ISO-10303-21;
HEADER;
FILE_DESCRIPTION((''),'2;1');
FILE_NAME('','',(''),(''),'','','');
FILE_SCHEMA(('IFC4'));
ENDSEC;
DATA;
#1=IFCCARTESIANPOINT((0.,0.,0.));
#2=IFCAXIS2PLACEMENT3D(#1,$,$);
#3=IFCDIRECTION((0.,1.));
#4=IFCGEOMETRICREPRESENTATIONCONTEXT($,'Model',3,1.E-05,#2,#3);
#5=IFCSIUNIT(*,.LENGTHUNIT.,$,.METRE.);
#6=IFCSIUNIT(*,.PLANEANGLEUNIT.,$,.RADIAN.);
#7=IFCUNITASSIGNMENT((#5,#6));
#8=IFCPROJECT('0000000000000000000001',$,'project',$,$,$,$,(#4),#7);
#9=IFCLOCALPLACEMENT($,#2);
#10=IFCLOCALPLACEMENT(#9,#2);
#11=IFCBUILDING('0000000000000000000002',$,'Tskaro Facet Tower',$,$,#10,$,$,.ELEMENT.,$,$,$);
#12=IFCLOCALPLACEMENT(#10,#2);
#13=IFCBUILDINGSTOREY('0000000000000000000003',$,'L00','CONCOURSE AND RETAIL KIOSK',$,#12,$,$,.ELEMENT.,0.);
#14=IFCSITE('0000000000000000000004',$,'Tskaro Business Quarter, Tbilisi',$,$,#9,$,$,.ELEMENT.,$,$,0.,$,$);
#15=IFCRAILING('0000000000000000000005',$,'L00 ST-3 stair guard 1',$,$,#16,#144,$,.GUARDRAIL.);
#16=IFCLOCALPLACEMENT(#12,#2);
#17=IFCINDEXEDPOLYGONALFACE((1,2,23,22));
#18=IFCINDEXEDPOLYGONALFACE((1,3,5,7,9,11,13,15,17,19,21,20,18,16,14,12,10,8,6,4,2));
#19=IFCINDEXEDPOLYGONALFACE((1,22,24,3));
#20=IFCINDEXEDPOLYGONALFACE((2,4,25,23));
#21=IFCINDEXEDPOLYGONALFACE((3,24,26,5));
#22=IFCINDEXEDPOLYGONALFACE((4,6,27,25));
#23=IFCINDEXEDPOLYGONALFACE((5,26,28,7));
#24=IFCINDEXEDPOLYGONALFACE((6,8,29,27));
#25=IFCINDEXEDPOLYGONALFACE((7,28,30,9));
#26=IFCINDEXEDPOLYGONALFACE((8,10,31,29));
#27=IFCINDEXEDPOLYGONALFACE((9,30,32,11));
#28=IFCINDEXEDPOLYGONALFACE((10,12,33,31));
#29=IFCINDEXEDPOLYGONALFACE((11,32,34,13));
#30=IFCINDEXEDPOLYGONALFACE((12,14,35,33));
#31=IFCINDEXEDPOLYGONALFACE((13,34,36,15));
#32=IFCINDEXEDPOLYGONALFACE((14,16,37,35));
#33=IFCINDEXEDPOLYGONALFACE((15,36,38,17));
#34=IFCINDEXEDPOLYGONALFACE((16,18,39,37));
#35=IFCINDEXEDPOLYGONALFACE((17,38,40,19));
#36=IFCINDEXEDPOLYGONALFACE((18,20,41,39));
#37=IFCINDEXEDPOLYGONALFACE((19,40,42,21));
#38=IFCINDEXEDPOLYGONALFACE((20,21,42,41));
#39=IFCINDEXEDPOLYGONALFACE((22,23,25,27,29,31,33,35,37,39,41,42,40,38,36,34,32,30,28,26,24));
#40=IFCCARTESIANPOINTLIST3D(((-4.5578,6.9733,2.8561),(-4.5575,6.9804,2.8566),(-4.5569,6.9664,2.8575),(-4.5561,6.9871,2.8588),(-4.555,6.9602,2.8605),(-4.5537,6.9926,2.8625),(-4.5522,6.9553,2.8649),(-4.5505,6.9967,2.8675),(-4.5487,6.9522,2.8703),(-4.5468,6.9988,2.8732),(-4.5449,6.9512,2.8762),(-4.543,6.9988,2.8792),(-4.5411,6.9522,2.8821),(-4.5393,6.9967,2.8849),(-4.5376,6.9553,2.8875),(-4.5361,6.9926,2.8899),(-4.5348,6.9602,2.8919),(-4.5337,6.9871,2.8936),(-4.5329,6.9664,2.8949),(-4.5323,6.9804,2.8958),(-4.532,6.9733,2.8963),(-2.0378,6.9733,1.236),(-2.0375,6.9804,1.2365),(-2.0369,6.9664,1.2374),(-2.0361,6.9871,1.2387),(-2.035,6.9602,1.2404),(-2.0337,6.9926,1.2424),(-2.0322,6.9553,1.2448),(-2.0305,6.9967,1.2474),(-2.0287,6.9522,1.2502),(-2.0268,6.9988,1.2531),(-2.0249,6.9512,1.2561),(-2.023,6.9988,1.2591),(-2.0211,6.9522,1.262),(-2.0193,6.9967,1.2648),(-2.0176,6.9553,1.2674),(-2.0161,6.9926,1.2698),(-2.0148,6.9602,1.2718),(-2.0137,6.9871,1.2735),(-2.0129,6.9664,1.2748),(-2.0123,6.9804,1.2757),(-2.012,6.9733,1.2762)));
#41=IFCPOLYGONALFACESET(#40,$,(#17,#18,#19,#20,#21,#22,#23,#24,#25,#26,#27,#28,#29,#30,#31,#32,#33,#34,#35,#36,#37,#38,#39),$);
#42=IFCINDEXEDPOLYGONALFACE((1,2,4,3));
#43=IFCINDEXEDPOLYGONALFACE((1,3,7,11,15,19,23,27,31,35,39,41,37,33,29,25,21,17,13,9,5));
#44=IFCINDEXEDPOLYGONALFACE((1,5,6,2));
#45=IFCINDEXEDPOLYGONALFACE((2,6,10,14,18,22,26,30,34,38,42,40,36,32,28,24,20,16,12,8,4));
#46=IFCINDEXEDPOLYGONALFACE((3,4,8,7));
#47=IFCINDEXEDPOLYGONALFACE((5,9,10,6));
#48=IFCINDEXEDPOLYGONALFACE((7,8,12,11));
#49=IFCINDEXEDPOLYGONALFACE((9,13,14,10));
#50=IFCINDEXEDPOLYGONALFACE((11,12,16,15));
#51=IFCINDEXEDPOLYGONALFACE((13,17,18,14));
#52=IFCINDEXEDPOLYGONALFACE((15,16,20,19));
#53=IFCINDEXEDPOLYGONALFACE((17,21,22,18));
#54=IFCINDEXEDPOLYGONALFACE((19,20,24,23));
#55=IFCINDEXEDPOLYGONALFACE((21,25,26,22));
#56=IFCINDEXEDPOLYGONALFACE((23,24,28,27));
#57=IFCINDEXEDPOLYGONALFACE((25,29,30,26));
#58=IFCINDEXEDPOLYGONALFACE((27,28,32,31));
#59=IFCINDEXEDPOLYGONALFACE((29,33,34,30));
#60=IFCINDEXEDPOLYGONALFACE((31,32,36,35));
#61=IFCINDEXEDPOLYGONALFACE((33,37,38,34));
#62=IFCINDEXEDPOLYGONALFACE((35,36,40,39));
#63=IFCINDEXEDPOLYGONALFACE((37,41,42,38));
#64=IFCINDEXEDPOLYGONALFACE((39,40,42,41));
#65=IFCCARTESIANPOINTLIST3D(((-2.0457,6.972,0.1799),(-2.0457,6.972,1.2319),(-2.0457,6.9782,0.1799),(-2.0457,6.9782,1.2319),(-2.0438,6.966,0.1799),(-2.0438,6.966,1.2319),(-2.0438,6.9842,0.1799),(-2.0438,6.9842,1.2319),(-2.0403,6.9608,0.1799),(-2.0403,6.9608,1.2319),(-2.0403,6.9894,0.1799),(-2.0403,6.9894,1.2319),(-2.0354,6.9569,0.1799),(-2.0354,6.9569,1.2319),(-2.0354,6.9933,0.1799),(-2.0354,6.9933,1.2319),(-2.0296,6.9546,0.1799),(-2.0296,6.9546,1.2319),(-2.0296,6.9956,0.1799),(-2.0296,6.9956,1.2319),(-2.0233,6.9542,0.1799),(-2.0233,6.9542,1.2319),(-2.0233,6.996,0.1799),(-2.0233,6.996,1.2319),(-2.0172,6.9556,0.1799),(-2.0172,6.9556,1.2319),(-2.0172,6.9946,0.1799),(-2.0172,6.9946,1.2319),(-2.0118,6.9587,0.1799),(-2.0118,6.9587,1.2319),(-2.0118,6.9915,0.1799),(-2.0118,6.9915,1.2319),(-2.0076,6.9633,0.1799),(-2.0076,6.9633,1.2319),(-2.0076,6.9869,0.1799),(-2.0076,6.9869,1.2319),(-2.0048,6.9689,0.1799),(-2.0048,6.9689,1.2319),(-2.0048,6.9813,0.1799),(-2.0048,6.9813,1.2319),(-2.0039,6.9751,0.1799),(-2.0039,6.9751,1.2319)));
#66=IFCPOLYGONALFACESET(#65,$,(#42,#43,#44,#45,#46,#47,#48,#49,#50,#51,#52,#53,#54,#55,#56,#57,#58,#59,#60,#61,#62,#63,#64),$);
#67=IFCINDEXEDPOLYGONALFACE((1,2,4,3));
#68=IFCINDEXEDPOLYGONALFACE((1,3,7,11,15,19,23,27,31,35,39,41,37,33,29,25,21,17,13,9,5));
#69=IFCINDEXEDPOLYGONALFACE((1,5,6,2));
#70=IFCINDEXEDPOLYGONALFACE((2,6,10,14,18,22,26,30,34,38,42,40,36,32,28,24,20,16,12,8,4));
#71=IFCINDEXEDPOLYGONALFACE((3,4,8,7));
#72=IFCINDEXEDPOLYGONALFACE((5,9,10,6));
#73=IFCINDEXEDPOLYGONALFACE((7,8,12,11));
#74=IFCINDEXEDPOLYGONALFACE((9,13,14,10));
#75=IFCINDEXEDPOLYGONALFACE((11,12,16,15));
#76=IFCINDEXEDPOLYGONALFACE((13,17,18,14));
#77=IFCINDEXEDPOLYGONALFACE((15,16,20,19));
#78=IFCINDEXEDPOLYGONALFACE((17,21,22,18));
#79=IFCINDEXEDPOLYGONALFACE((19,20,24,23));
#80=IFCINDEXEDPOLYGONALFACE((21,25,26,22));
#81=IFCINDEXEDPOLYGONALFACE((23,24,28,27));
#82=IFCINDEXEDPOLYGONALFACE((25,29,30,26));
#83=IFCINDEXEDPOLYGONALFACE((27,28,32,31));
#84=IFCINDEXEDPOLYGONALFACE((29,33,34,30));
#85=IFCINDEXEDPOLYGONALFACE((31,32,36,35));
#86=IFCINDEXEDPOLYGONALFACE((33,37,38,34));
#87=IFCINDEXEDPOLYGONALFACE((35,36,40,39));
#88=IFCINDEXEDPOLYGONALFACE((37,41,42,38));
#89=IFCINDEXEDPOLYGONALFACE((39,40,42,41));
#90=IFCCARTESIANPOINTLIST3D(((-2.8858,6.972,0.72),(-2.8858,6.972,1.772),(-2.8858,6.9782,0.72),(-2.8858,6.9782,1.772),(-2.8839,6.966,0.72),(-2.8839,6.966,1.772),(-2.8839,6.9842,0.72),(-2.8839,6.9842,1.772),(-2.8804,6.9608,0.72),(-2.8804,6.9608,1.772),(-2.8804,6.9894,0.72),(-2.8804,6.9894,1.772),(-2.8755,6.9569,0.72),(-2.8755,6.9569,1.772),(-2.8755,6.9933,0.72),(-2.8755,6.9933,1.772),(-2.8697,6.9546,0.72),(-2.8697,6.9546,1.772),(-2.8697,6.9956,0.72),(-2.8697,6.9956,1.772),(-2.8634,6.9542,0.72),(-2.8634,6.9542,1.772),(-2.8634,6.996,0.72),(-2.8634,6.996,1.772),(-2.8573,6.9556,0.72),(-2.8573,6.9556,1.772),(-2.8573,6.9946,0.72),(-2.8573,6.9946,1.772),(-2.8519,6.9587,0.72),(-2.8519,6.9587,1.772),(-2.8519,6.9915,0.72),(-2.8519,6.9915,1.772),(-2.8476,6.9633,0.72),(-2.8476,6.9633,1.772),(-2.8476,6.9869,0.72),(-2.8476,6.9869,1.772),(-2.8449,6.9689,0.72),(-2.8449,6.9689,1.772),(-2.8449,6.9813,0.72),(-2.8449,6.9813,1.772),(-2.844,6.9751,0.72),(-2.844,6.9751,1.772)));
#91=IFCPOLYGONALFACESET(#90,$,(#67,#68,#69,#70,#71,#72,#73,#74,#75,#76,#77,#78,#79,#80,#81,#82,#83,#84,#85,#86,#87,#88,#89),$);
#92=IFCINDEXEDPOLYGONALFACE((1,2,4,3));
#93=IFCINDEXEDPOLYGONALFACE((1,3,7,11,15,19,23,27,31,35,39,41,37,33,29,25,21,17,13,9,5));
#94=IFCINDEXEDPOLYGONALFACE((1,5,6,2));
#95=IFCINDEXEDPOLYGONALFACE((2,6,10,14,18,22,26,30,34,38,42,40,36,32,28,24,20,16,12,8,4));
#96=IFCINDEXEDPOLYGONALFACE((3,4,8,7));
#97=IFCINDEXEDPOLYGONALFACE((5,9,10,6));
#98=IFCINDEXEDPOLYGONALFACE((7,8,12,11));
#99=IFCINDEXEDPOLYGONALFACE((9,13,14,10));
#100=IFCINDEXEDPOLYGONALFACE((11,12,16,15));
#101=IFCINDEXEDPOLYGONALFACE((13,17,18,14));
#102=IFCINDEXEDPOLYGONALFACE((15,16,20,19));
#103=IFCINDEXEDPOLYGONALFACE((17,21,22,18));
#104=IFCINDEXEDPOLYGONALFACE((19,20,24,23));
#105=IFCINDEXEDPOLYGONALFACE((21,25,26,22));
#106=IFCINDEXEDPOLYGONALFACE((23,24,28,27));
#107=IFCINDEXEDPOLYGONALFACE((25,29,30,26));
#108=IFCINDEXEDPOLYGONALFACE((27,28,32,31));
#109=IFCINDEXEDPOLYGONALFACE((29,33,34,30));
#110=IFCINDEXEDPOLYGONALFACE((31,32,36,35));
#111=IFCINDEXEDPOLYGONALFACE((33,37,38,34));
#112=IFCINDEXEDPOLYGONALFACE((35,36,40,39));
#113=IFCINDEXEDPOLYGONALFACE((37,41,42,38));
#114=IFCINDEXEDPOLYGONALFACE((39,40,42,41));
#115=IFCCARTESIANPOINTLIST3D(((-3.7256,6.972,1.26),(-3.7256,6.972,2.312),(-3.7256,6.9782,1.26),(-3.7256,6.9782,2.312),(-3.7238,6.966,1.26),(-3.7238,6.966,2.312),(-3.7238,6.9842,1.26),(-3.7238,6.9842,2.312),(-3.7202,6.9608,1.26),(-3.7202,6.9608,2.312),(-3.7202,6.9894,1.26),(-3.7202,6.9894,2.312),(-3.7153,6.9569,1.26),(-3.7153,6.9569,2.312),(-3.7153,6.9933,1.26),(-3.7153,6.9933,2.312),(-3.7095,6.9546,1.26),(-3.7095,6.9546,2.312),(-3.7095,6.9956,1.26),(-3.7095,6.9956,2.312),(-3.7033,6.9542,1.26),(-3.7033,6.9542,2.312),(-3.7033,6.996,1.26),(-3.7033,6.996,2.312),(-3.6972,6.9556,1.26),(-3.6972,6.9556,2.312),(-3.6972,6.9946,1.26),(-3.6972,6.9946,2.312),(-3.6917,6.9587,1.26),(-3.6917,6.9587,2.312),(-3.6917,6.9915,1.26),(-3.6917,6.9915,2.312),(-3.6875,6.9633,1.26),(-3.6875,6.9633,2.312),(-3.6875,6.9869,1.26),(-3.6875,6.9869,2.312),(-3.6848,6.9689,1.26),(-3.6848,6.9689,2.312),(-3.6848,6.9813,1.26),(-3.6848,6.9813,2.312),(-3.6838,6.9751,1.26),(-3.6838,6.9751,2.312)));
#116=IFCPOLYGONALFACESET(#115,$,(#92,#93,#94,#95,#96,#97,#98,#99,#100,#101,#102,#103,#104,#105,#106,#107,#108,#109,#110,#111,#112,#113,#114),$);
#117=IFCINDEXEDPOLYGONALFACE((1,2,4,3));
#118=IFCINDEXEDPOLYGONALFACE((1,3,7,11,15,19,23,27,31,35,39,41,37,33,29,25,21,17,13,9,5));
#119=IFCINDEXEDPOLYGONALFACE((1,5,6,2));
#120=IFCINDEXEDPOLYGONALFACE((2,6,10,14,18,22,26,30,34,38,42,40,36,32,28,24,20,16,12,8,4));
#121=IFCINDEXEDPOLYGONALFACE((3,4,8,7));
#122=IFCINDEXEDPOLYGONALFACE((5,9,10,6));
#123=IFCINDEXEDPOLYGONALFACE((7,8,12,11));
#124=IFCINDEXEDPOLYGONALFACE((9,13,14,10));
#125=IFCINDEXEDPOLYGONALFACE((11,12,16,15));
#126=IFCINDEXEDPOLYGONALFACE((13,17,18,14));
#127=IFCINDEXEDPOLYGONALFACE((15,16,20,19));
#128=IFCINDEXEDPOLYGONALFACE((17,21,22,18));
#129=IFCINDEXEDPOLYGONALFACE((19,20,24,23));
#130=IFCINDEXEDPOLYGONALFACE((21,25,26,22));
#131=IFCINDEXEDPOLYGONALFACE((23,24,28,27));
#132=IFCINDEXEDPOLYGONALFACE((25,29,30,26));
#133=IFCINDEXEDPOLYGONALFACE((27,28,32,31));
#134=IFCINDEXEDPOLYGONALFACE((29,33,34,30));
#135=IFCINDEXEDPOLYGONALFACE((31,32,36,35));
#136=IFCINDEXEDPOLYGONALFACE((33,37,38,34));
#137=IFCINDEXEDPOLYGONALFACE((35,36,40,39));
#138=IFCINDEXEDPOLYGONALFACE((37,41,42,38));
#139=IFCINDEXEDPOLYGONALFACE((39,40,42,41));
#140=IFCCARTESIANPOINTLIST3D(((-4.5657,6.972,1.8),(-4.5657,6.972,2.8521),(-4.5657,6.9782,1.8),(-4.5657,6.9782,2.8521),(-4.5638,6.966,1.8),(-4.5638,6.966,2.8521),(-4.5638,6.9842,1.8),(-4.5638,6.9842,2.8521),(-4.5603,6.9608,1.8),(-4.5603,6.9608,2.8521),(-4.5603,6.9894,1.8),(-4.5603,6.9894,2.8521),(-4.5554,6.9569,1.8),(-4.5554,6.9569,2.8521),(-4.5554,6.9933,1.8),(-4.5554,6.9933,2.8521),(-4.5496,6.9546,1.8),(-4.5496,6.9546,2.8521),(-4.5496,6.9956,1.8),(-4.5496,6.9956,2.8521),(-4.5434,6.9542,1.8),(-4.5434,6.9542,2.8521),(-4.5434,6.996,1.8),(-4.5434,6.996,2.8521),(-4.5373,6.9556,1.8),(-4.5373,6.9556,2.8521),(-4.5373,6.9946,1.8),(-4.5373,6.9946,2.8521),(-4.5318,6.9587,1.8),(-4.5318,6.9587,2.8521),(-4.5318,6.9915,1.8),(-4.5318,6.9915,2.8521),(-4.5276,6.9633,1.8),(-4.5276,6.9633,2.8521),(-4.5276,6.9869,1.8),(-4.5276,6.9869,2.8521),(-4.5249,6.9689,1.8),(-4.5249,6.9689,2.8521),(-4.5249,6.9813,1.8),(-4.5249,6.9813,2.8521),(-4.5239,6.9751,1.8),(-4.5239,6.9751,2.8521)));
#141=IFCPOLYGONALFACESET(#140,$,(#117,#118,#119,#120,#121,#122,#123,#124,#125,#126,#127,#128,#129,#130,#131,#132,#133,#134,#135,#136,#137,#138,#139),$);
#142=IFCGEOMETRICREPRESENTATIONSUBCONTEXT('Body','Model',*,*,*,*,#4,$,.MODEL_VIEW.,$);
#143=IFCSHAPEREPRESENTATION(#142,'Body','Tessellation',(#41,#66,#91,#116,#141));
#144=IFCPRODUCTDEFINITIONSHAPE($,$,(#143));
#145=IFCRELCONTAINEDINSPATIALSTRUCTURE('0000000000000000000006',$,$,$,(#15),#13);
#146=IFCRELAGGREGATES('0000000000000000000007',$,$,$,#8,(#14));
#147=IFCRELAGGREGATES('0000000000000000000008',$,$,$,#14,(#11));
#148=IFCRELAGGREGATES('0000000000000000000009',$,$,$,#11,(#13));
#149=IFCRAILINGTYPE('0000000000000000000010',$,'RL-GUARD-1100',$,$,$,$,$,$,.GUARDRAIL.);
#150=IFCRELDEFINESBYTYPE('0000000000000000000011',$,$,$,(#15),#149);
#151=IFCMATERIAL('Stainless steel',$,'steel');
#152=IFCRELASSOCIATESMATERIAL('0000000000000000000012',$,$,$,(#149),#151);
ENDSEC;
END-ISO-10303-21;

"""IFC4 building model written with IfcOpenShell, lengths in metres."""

from ifc_helpers import new_model, si_unit, direction, frame, origin, origin_2d, place, context, subcontext, project, spatial, circle, extrude, material, type_object, element, save


model = new_model("IFC4")

# Units and contexts
model_context = context("Model", 3, precision=1e-05, world=origin(), true_north=direction((0.0, 1.0)))
body_context = subcontext(model_context, "Body", "Model", "MODEL_VIEW")
ifc_project = project(units=[si_unit("LENGTHUNIT", "METRE"), si_unit("PLANEANGLEUNIT", "RADIAN")], contexts=[model_context])

# Site, building, storey
site_placement = place(None, origin())
site = spatial("IfcSite", under=ifc_project, at=site_placement, Name="Tskaro Business Quarter, Tbilisi", CompositionType="ELEMENT", RefElevation=0.0)
building_placement = place(site_placement, origin())
building = spatial("IfcBuilding", under=site, at=building_placement, Name="Tskaro Facet Tower", CompositionType="ELEMENT")
storey_placement = place(building_placement, origin())
storey = spatial("IfcBuildingStorey", under=building, at=storey_placement, Name="L00", Description="CONCOURSE AND RETAIL KIOSK", CompositionType="ELEMENT", Elevation=0.0)

# Railing
ifc_material_1 = material(Name="Stainless steel", Category="steel")
railing_type_1 = type_object("IfcRailingType", Name="RL-GUARD-1100", PredefinedType="GUARDRAIL", material=ifc_material_1)
railing_1_placement = place(storey_placement, frame((-2.0249, 6.9751, 0.1799)))
element("IfcRailing", 1, at=railing_1_placement, inside=storey, type_object=railing_type_1, Name="L00 ST-3 stair guard 1", PredefinedType="GUARDRAIL", context=body_context, shape_type="SweptSolid", body=[
    extrude(circle(Radius=0.0239, at=origin_2d()), frame((0.0, 0.0, 1.0762), z_axis=(-0.841163, 0.0, 0.540782), x_axis=(0.0, -1.0, 0.0)), (0.0, 0.0, 1.0), 2.9958),
    extrude(circle(Radius=0.021, at=origin_2d()), origin(), (0.0, 0.0, 1.0), 1.052),
    extrude(circle(Radius=0.021, at=origin_2d()), frame((-0.8401, 0.0, 0.54)), (0.0, 0.0, 1.0), 1.052),
    extrude(circle(Radius=0.021, at=origin_2d()), frame((-1.6799, 0.0, 1.0801)), (0.0, 0.0, 1.0), 1.052),
    extrude(circle(Radius=0.021, at=origin_2d()), frame((-2.52, 0.0, 1.6201)), (0.0, 0.0, 1.0), 1.052),
])

save(model, "model.ifc")
